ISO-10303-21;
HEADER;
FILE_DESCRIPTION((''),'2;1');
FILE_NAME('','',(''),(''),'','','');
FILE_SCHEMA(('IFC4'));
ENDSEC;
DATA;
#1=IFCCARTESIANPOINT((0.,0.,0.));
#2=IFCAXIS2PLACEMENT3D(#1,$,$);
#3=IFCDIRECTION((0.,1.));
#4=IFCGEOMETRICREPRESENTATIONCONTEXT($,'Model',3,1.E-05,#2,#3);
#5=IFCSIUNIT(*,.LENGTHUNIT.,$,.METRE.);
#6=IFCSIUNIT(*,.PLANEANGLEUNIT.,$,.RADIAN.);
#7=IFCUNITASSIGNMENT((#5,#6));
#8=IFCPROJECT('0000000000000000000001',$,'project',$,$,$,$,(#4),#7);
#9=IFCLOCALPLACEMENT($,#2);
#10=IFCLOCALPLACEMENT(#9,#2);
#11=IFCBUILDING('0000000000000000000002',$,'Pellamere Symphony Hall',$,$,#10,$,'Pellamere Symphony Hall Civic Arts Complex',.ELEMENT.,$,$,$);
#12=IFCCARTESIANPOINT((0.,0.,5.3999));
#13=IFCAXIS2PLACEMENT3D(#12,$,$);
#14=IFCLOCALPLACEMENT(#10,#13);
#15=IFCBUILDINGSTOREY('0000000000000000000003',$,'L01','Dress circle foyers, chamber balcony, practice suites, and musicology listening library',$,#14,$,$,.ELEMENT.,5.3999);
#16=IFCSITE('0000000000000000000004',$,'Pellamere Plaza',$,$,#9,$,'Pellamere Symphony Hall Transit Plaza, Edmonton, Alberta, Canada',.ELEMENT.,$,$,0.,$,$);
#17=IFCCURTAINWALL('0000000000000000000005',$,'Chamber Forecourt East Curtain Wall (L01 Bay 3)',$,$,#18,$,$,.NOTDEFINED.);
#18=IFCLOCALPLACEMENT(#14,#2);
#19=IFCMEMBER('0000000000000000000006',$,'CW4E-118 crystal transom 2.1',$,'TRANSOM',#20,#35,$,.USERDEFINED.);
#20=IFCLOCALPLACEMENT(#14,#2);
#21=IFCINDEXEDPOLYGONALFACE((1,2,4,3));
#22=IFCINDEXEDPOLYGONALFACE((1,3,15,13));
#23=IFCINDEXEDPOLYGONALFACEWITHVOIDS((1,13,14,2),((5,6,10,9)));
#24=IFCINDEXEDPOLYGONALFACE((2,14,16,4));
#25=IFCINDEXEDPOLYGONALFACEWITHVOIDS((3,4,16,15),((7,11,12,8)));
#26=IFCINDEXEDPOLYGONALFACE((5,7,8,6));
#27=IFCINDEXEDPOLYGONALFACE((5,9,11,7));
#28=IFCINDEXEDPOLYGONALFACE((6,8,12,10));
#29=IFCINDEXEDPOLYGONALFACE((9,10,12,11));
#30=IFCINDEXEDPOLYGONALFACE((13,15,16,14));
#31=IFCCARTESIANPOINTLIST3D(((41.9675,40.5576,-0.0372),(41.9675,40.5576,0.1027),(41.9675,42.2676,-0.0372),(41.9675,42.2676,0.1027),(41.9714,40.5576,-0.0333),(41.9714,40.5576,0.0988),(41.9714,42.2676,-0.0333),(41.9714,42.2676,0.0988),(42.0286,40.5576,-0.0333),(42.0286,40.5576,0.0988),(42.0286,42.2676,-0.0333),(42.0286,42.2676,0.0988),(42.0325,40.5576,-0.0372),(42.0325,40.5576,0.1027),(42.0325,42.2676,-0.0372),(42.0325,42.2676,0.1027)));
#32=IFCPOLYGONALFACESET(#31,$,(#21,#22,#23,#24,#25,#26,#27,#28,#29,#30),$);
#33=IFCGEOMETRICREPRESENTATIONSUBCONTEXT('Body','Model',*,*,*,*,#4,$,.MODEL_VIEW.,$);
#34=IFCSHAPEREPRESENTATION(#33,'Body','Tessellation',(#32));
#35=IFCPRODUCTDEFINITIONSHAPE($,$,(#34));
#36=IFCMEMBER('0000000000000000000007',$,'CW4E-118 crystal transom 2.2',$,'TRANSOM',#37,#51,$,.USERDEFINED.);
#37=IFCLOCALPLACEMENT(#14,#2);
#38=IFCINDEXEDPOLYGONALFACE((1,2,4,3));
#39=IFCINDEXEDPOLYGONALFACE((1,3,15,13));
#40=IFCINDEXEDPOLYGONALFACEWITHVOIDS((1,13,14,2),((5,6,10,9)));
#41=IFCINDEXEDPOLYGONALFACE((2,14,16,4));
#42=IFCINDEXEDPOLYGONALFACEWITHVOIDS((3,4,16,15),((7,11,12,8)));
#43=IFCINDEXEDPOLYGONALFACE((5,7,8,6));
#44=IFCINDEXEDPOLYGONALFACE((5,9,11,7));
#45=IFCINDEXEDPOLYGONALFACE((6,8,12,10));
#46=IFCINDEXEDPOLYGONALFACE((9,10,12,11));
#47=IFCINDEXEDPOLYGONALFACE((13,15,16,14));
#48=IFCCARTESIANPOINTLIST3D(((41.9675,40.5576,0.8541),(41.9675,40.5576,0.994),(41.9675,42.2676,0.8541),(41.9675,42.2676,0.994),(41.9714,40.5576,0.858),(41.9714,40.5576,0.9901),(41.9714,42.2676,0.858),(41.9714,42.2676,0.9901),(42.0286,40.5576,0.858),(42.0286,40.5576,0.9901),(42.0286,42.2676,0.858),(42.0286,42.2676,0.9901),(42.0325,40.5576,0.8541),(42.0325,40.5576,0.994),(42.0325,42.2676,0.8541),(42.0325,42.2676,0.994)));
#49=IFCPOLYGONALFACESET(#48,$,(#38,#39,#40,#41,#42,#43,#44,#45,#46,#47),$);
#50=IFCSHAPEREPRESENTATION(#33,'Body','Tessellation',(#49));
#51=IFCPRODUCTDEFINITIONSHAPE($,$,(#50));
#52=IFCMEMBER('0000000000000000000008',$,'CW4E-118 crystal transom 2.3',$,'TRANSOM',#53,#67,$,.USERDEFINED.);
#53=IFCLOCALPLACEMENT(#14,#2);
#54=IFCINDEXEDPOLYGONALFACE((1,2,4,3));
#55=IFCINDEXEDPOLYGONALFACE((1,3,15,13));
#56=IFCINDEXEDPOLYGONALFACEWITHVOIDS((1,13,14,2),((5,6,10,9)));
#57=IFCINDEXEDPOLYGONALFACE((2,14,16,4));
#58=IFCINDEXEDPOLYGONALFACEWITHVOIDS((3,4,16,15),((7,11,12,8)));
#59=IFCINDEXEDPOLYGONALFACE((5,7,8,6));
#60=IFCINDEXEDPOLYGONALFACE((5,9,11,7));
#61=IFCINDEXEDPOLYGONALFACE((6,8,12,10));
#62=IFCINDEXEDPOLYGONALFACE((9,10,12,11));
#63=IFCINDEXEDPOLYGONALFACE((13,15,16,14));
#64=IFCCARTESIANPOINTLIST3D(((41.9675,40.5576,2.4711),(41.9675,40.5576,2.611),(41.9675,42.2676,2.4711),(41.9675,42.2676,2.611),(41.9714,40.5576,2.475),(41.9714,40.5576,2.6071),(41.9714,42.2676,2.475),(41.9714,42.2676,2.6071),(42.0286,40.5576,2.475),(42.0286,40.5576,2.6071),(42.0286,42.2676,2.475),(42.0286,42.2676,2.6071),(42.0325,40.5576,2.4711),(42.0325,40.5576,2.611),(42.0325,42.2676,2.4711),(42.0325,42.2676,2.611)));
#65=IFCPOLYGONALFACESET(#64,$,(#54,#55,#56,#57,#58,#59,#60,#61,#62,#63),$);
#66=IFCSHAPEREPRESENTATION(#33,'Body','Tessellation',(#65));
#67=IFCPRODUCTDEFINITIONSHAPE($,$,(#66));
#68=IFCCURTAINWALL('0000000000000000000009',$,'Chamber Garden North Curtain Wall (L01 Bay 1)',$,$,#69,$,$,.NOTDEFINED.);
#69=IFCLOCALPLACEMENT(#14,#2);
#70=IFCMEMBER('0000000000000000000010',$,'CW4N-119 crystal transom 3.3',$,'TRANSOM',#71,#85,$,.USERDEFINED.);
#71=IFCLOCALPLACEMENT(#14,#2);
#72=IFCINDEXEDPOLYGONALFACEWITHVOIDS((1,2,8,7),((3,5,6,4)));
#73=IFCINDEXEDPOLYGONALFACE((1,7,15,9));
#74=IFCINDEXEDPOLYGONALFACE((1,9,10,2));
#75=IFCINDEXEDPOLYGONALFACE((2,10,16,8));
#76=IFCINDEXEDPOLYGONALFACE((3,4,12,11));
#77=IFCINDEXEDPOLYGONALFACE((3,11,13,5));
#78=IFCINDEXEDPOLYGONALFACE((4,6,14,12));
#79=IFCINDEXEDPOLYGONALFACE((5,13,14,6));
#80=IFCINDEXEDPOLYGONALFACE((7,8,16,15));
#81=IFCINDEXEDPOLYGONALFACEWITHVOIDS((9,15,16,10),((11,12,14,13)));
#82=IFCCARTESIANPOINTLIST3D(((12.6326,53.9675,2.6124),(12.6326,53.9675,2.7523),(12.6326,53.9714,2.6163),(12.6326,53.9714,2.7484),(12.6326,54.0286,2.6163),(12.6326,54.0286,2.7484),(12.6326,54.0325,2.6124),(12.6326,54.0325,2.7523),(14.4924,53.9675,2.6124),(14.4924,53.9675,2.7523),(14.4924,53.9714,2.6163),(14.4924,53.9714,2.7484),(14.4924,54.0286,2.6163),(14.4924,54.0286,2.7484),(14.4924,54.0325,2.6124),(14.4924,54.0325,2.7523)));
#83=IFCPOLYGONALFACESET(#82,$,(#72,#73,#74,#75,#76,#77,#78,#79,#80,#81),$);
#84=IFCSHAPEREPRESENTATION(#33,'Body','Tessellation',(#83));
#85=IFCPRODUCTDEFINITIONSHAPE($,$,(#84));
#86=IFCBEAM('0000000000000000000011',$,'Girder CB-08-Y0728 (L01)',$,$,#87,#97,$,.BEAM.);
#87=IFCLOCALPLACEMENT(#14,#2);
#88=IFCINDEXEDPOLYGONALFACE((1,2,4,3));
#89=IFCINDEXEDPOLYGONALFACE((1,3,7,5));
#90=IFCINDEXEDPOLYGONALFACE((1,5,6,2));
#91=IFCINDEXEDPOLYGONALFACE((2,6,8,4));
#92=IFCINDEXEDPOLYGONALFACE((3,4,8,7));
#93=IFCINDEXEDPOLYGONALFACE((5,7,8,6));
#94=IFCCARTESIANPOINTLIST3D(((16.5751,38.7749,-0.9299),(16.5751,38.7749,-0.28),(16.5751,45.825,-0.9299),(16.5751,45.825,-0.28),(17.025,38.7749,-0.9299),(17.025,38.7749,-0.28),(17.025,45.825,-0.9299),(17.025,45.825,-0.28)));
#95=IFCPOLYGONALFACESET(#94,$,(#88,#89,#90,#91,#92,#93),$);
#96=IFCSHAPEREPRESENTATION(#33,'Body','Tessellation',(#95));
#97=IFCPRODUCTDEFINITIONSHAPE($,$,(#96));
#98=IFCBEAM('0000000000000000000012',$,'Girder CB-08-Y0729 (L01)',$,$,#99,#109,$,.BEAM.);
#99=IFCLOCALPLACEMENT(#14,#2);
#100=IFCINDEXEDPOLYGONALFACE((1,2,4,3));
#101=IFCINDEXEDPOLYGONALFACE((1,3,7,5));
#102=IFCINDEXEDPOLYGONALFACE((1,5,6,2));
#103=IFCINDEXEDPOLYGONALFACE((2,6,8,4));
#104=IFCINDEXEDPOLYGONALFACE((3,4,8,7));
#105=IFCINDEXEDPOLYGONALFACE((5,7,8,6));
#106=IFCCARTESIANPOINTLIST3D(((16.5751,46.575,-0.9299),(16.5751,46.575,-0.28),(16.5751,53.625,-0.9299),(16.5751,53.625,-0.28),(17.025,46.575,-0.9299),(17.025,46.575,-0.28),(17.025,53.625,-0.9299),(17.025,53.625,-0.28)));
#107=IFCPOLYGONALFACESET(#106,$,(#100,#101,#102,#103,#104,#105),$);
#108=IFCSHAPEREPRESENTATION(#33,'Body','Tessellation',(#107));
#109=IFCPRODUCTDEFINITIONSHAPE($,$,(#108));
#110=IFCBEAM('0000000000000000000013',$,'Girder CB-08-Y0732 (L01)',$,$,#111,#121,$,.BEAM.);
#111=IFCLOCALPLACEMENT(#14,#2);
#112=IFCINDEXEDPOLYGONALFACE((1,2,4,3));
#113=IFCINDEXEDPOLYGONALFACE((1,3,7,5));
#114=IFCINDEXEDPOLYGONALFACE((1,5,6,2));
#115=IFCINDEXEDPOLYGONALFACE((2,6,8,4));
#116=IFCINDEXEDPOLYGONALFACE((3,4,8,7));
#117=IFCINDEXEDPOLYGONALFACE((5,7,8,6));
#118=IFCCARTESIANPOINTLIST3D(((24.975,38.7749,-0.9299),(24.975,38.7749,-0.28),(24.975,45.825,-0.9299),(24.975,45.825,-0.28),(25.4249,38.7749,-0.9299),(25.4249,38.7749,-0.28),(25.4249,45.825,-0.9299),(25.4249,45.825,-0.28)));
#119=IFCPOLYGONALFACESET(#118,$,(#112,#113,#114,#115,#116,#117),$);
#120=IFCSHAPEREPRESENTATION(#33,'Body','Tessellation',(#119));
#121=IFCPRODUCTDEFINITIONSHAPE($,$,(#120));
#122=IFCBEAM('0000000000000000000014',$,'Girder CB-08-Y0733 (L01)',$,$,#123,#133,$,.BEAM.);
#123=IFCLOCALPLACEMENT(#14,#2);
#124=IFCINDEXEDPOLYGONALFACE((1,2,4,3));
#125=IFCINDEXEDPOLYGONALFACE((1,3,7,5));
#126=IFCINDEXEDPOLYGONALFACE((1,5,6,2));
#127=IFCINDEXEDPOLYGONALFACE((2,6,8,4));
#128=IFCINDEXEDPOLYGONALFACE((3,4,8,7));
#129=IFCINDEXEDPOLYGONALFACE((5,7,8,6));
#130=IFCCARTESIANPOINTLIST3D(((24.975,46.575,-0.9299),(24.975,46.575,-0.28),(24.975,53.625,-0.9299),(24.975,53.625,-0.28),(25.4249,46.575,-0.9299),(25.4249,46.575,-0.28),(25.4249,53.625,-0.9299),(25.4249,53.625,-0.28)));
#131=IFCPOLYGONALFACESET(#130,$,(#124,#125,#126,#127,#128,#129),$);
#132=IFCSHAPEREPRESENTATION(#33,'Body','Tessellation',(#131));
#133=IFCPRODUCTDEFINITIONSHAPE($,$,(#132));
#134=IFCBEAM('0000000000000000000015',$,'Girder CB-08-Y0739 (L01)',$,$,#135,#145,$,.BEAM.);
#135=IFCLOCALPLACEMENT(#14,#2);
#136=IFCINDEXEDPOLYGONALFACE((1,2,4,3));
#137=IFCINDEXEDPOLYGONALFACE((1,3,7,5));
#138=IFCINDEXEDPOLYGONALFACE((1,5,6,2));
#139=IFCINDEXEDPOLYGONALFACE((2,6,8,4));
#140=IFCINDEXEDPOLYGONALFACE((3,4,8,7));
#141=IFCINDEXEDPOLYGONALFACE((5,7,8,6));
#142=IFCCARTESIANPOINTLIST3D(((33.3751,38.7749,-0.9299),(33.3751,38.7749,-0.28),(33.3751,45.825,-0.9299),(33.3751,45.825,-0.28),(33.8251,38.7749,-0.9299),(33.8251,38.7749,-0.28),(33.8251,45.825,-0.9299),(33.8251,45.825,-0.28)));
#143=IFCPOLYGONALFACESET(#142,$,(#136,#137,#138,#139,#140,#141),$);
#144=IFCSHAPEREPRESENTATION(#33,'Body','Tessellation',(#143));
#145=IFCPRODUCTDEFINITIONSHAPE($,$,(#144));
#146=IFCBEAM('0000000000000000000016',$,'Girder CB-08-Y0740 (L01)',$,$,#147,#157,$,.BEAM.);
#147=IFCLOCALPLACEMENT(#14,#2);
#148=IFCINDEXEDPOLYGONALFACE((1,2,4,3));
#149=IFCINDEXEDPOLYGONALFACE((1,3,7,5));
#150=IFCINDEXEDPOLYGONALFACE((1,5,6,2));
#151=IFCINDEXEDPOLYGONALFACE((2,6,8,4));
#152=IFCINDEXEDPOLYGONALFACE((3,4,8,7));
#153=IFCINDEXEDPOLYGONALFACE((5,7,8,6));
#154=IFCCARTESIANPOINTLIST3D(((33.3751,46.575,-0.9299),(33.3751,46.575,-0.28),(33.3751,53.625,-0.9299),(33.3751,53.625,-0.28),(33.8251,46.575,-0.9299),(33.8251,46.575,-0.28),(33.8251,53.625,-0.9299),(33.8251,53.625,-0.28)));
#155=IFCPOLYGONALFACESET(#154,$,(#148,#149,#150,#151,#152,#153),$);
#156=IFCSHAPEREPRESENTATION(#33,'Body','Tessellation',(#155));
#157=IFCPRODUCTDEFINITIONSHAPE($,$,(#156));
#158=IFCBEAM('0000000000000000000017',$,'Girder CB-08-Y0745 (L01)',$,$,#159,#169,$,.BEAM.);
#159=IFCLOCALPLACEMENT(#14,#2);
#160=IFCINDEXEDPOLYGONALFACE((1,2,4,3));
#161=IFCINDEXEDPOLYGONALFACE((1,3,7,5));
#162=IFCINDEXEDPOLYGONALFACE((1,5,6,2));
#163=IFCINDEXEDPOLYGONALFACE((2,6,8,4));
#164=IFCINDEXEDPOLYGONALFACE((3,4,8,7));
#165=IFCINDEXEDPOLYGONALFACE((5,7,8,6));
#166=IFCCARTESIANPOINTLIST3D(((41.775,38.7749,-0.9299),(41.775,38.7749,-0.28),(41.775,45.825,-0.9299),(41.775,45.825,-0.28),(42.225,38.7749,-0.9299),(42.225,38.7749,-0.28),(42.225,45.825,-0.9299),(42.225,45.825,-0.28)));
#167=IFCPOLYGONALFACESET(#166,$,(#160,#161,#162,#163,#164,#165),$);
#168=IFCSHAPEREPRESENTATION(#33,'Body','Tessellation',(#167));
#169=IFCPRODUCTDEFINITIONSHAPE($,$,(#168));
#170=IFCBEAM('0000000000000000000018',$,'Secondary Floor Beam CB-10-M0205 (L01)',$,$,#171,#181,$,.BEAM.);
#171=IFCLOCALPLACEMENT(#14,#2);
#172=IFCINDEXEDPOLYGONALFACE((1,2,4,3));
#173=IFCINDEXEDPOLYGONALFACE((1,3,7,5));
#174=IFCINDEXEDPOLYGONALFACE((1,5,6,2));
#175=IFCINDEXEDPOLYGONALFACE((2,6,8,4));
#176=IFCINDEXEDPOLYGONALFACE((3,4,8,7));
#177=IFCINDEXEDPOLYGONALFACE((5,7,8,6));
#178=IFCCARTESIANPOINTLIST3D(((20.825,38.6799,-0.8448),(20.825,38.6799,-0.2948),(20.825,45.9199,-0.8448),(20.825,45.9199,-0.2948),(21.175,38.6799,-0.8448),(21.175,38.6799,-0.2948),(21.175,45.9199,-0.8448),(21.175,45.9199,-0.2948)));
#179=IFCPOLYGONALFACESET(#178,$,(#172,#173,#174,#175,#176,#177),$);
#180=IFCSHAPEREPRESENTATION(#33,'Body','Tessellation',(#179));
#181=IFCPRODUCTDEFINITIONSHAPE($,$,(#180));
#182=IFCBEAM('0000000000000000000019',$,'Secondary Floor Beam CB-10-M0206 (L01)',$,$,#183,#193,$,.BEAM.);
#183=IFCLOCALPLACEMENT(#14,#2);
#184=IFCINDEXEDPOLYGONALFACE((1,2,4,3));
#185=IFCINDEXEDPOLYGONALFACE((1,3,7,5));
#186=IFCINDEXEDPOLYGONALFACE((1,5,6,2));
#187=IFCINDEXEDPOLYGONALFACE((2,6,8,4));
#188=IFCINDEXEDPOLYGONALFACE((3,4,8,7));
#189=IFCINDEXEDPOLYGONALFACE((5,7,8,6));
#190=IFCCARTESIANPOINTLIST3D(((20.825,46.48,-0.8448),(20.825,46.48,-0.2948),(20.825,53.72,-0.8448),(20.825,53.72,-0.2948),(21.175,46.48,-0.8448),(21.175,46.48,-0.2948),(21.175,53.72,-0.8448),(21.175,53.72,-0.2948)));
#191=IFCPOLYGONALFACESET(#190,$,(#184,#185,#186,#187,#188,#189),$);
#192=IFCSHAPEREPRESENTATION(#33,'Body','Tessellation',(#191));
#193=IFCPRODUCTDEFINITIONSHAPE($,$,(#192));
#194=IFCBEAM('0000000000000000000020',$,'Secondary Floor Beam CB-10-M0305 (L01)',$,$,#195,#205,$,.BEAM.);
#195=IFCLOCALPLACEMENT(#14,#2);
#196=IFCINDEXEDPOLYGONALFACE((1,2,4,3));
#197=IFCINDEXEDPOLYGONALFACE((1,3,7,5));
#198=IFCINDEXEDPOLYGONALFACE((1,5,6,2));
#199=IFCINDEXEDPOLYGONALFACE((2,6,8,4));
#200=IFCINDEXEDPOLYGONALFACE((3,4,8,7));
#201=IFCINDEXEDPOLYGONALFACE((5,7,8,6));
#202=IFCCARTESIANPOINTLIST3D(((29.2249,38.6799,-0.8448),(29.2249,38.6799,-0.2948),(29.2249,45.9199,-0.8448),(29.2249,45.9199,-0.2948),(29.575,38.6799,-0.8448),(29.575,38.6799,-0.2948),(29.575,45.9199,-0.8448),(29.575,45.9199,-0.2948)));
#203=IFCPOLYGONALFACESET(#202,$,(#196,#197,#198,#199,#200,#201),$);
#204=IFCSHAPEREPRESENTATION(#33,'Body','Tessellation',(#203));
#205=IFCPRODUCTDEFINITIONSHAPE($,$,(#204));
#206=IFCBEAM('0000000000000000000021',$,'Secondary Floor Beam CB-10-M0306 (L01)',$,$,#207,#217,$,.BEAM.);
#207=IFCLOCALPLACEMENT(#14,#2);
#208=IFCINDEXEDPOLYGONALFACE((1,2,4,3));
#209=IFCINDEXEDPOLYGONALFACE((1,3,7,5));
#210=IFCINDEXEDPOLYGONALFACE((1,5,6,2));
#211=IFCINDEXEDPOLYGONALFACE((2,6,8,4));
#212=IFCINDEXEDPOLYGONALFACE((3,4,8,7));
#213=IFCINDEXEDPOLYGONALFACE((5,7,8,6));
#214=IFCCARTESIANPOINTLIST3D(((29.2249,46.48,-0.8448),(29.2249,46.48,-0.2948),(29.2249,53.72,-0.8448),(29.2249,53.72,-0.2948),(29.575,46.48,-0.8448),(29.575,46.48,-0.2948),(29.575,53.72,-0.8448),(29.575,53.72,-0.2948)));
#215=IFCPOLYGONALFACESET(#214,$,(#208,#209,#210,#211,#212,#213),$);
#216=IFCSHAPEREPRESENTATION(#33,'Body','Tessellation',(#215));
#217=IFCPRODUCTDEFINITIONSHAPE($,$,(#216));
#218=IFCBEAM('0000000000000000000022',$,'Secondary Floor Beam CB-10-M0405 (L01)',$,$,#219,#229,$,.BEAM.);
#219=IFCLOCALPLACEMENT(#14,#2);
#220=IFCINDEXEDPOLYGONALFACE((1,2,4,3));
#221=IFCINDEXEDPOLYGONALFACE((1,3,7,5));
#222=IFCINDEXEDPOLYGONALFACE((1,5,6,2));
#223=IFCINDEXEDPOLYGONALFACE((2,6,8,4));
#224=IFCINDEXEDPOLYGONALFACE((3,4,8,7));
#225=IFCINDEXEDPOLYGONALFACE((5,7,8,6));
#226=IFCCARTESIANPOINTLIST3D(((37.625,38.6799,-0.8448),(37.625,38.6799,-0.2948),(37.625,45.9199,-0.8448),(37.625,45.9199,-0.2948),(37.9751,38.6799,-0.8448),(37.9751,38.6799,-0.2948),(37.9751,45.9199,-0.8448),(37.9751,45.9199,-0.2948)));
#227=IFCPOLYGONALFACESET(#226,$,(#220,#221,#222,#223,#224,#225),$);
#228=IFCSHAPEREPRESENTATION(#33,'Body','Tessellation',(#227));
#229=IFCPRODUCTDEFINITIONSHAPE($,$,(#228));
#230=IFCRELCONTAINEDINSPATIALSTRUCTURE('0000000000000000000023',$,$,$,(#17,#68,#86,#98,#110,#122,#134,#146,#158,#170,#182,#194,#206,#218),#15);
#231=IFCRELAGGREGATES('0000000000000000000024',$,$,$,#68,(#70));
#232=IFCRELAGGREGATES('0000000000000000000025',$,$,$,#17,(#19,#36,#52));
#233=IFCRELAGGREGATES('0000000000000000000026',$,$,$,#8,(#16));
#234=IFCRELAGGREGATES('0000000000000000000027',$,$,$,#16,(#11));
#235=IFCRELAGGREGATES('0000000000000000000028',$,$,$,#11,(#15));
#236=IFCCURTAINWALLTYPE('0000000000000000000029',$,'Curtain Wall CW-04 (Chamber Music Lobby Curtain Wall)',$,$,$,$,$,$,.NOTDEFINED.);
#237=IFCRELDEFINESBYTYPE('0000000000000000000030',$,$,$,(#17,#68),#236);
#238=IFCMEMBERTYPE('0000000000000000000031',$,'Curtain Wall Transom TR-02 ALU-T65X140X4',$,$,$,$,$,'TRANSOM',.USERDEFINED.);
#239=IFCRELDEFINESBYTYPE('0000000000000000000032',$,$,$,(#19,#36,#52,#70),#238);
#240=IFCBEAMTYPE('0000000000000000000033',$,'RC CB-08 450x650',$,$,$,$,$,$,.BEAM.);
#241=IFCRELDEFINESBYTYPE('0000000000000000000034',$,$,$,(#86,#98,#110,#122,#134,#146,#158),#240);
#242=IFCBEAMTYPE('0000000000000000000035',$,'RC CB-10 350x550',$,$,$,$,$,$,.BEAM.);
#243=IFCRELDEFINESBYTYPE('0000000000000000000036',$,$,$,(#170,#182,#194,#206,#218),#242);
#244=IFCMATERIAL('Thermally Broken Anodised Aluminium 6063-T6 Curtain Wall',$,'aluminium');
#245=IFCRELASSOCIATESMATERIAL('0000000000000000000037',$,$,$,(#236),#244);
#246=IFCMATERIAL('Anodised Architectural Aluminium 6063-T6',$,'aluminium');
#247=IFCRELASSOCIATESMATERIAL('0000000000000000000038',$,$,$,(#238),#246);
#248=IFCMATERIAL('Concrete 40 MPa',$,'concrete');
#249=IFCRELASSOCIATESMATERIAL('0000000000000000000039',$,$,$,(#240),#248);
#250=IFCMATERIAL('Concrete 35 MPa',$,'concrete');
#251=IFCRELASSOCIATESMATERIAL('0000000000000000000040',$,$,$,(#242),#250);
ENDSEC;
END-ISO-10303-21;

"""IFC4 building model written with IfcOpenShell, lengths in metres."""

from ifc_helpers import new_model, si_unit, direction, frame, origin, origin_2d, place, context, subcontext, project, spatial, rectangle, hollow_rectangle, extrude, material, material_profile, profile_set, type_object, element, aggregate, save


model = new_model("IFC4")

# Units and contexts
model_context = context("Model", 3, precision=1e-05, world=origin(), true_north=direction((0.0, 1.0)))
body_context = subcontext(model_context, "Body", "Model", "MODEL_VIEW")
ifc_project = project(units=[si_unit("LENGTHUNIT", "METRE"), si_unit("PLANEANGLEUNIT", "RADIAN")], contexts=[model_context])

# Site, building, storey
site_placement = place(None, origin())
site = spatial("IfcSite", under=ifc_project, at=site_placement, Name="Pellamere Plaza", LongName="Pellamere Symphony Hall Transit Plaza, Edmonton, Alberta, Canada", CompositionType="ELEMENT", RefElevation=0.0)
building_placement = place(site_placement, origin())
building = spatial("IfcBuilding", under=site, at=building_placement, Name="Pellamere Symphony Hall", LongName="Pellamere Symphony Hall Civic Arts Complex", CompositionType="ELEMENT")
storey_placement = place(building_placement, frame((0.0, 0.0, 5.3999)))
storey = spatial("IfcBuildingStorey", under=building, at=storey_placement, Name="L01", Description="Dress circle foyers, chamber balcony, practice suites, and musicology listening library", CompositionType="ELEMENT", Elevation=5.3999)

# Shared definitions
ifc_material_1 = material(Name="Concrete 40 MPa", Category="concrete")

# Curtain wall, members
ifc_material_2 = material(Name="Thermally Broken Anodised Aluminium 6063-T6 Curtain Wall", Category="aluminium")
curtain_wall_type = type_object("IfcCurtainWallType", Name="Curtain Wall CW-04 (Chamber Music Lobby Curtain Wall)", PredefinedType="NOTDEFINED", material=ifc_material_2)
curtain_wall_1_placement = place(storey_placement, origin())
curtain_wall_1 = element("IfcCurtainWall", 1, at=curtain_wall_1_placement, inside=storey, type_object=curtain_wall_type, Name="Chamber Forecourt East Curtain Wall (L01 Bay 3)", PredefinedType="NOTDEFINED")
ifc_material_3 = material(Name="Anodised Architectural Aluminium 6063-T6", Category="aluminium")
ifc_material_profile_1 = material_profile(ifc_material_3, hollow_rectangle(XDim=0.0649, YDim=0.1399, WallThickness=0.0039, at=origin_2d()), Name="ALU-T65X140X4")
ifc_profile_set_1 = profile_set([ifc_material_profile_1], Name="Anodised Architectural Aluminium 6063-T6")
member_type_1 = type_object("IfcMemberType", Name="Curtain Wall Transom TR-02 ALU-T65X140X4", ElementType="TRANSOM", PredefinedType="USERDEFINED", material=ifc_profile_set_1)
member_1_placement = place(storey_placement, frame((42.0, 40.5576, 0.0327), z_axis=(0.0, 1.0, 0.0), x_axis=(-1.0, 0.0, 0.0)))
member_1 = element("IfcMember", 2, at=member_1_placement, type_object=member_type_1, Name="CW4E-118 crystal transom 2.1", ObjectType="TRANSOM", PredefinedType="USERDEFINED", context=body_context, shape_type="SweptSolid", body=[
    extrude(hollow_rectangle(XDim=0.0649, YDim=0.1399, WallThickness=0.0039, at=origin_2d()), origin(), (0.0, 0.0, 1.0), 1.71),
])
member_2_placement = place(storey_placement, frame((42.0, 40.5576, 0.9241), z_axis=(0.0, 1.0, 0.0), x_axis=(-1.0, 0.0, 0.0)))
member_2 = element("IfcMember", 3, at=member_2_placement, type_object=member_type_1, Name="CW4E-118 crystal transom 2.2", ObjectType="TRANSOM", PredefinedType="USERDEFINED", context=body_context, shape_type="SweptSolid", body=[
    extrude(hollow_rectangle(XDim=0.0649, YDim=0.1399, WallThickness=0.0039, at=origin_2d()), origin(), (0.0, 0.0, 1.0), 1.71),
])
member_3_placement = place(storey_placement, frame((42.0, 40.5576, 2.541), z_axis=(0.0, 1.0, 0.0), x_axis=(-1.0, 0.0, 0.0)))
member_3 = element("IfcMember", 4, at=member_3_placement, type_object=member_type_1, Name="CW4E-118 crystal transom 2.3", ObjectType="TRANSOM", PredefinedType="USERDEFINED", context=body_context, shape_type="SweptSolid", body=[
    extrude(hollow_rectangle(XDim=0.0649, YDim=0.1399, WallThickness=0.0039, at=origin_2d()), origin(), (0.0, 0.0, 1.0), 1.71),
])

# Curtain wall, member
curtain_wall_2_placement = place(storey_placement, origin())
curtain_wall_2 = element("IfcCurtainWall", 5, at=curtain_wall_2_placement, inside=storey, type_object=curtain_wall_type, Name="Chamber Garden North Curtain Wall (L01 Bay 1)", PredefinedType="NOTDEFINED")
member_4_placement = place(storey_placement, frame((12.6326, 54.0, 2.6824), z_axis=(1.0, 0.0, 0.0), x_axis=(0.0, 1.0, 0.0)))
member_4 = element("IfcMember", 6, at=member_4_placement, type_object=member_type_1, Name="CW4N-119 crystal transom 3.3", ObjectType="TRANSOM", PredefinedType="USERDEFINED", context=body_context, shape_type="SweptSolid", body=[
    extrude(hollow_rectangle(XDim=0.0649, YDim=0.1399, WallThickness=0.0039, at=origin_2d()), origin(), (0.0, 0.0, 1.0), 1.8599),
])
aggregate(curtain_wall_2, [member_4])

# Beams
ifc_material_profile_2 = material_profile(ifc_material_1, rectangle(XDim=0.45, YDim=0.6499, at=origin_2d()), Name="RC 450x650")
ifc_profile_set_2 = profile_set([ifc_material_profile_2], Name="Concrete 40 MPa")
beam_type_1 = type_object("IfcBeamType", Name="RC CB-08 450x650", PredefinedType="BEAM", material=ifc_profile_set_2)
for number, where, z_axis, x_axis, name in (
    (7, (16.8, 38.7749, -0.605), (0.0, 1.0, 0.0), (-1.0, 0.0, 0.0), "Girder CB-08-Y0728 (L01)"),
    (8, (16.8, 46.575, -0.605), (0.0, 1.0, 0.0), (-1.0, 0.0, 0.0), "Girder CB-08-Y0729 (L01)"),
    (9, (25.2, 38.7749, -0.605), (0.0, 1.0, 0.0), (-1.0, 0.0, 0.0), "Girder CB-08-Y0732 (L01)"),
    (10, (25.2, 46.575, -0.605), (0.0, 1.0, 0.0), (-1.0, 0.0, 0.0), "Girder CB-08-Y0733 (L01)"),
    (11, (33.6001, 38.7749, -0.605), (0.0, 1.0, 0.0), (-1.0, 0.0, 0.0), "Girder CB-08-Y0739 (L01)"),
    (12, (33.6001, 46.575, -0.605), (0.0, 1.0, 0.0), (-1.0, 0.0, 0.0), "Girder CB-08-Y0740 (L01)"),
    (13, (42.0, 38.7749, -0.605), (0.0, 1.0, 0.0), (-1.0, 0.0, 0.0), "Girder CB-08-Y0745 (L01)"),
):
    element("IfcBeam", number, at=place(storey_placement, frame(where, z_axis=z_axis, x_axis=x_axis)), inside=storey, type_object=beam_type_1, Name=name, PredefinedType="BEAM", context=body_context, shape_type="SweptSolid", body=[
        extrude(rectangle(XDim=0.45, YDim=0.6499, at=origin_2d()), origin(), (0.0, 0.0, 1.0), 7.05),
    ])
ifc_material_4 = material(Name="Concrete 35 MPa", Category="concrete")
ifc_material_profile_3 = material_profile(ifc_material_4, rectangle(XDim=0.3501, YDim=0.55, at=origin_2d()), Name="RC 350x550")
ifc_profile_set_3 = profile_set([ifc_material_profile_3], Name="Concrete 35 MPa")
beam_type_2 = type_object("IfcBeamType", Name="RC CB-10 350x550", PredefinedType="BEAM", material=ifc_profile_set_3)
for number, where, z_axis, x_axis, name in (
    (14, (21.0, 38.6799, -0.5698), (0.0, 1.0, 0.0), (-1.0, 0.0, 0.0), "Secondary Floor Beam CB-10-M0205 (L01)"),
    (15, (21.0, 46.48, -0.5698), (0.0, 1.0, 0.0), (-1.0, 0.0, 0.0), "Secondary Floor Beam CB-10-M0206 (L01)"),
    (16, (29.3999, 38.6799, -0.5698), (0.0, 1.0, 0.0), (-1.0, 0.0, 0.0), "Secondary Floor Beam CB-10-M0305 (L01)"),
    (17, (29.3999, 46.48, -0.5698), (0.0, 1.0, 0.0), (-1.0, 0.0, 0.0), "Secondary Floor Beam CB-10-M0306 (L01)"),
    (18, (37.8, 38.6799, -0.5698), (0.0, 1.0, 0.0), (-1.0, 0.0, 0.0), "Secondary Floor Beam CB-10-M0405 (L01)"),
):
    element("IfcBeam", number, at=place(storey_placement, frame(where, z_axis=z_axis, x_axis=x_axis)), inside=storey, type_object=beam_type_2, Name=name, PredefinedType="BEAM", context=body_context, shape_type="SweptSolid", body=[
        extrude(rectangle(XDim=0.3501, YDim=0.55, at=origin_2d()), origin(), (0.0, 0.0, 1.0), 7.24),
    ])

aggregate(curtain_wall_1, [member_1, member_2, member_3])

save(model, "model.ifc")
